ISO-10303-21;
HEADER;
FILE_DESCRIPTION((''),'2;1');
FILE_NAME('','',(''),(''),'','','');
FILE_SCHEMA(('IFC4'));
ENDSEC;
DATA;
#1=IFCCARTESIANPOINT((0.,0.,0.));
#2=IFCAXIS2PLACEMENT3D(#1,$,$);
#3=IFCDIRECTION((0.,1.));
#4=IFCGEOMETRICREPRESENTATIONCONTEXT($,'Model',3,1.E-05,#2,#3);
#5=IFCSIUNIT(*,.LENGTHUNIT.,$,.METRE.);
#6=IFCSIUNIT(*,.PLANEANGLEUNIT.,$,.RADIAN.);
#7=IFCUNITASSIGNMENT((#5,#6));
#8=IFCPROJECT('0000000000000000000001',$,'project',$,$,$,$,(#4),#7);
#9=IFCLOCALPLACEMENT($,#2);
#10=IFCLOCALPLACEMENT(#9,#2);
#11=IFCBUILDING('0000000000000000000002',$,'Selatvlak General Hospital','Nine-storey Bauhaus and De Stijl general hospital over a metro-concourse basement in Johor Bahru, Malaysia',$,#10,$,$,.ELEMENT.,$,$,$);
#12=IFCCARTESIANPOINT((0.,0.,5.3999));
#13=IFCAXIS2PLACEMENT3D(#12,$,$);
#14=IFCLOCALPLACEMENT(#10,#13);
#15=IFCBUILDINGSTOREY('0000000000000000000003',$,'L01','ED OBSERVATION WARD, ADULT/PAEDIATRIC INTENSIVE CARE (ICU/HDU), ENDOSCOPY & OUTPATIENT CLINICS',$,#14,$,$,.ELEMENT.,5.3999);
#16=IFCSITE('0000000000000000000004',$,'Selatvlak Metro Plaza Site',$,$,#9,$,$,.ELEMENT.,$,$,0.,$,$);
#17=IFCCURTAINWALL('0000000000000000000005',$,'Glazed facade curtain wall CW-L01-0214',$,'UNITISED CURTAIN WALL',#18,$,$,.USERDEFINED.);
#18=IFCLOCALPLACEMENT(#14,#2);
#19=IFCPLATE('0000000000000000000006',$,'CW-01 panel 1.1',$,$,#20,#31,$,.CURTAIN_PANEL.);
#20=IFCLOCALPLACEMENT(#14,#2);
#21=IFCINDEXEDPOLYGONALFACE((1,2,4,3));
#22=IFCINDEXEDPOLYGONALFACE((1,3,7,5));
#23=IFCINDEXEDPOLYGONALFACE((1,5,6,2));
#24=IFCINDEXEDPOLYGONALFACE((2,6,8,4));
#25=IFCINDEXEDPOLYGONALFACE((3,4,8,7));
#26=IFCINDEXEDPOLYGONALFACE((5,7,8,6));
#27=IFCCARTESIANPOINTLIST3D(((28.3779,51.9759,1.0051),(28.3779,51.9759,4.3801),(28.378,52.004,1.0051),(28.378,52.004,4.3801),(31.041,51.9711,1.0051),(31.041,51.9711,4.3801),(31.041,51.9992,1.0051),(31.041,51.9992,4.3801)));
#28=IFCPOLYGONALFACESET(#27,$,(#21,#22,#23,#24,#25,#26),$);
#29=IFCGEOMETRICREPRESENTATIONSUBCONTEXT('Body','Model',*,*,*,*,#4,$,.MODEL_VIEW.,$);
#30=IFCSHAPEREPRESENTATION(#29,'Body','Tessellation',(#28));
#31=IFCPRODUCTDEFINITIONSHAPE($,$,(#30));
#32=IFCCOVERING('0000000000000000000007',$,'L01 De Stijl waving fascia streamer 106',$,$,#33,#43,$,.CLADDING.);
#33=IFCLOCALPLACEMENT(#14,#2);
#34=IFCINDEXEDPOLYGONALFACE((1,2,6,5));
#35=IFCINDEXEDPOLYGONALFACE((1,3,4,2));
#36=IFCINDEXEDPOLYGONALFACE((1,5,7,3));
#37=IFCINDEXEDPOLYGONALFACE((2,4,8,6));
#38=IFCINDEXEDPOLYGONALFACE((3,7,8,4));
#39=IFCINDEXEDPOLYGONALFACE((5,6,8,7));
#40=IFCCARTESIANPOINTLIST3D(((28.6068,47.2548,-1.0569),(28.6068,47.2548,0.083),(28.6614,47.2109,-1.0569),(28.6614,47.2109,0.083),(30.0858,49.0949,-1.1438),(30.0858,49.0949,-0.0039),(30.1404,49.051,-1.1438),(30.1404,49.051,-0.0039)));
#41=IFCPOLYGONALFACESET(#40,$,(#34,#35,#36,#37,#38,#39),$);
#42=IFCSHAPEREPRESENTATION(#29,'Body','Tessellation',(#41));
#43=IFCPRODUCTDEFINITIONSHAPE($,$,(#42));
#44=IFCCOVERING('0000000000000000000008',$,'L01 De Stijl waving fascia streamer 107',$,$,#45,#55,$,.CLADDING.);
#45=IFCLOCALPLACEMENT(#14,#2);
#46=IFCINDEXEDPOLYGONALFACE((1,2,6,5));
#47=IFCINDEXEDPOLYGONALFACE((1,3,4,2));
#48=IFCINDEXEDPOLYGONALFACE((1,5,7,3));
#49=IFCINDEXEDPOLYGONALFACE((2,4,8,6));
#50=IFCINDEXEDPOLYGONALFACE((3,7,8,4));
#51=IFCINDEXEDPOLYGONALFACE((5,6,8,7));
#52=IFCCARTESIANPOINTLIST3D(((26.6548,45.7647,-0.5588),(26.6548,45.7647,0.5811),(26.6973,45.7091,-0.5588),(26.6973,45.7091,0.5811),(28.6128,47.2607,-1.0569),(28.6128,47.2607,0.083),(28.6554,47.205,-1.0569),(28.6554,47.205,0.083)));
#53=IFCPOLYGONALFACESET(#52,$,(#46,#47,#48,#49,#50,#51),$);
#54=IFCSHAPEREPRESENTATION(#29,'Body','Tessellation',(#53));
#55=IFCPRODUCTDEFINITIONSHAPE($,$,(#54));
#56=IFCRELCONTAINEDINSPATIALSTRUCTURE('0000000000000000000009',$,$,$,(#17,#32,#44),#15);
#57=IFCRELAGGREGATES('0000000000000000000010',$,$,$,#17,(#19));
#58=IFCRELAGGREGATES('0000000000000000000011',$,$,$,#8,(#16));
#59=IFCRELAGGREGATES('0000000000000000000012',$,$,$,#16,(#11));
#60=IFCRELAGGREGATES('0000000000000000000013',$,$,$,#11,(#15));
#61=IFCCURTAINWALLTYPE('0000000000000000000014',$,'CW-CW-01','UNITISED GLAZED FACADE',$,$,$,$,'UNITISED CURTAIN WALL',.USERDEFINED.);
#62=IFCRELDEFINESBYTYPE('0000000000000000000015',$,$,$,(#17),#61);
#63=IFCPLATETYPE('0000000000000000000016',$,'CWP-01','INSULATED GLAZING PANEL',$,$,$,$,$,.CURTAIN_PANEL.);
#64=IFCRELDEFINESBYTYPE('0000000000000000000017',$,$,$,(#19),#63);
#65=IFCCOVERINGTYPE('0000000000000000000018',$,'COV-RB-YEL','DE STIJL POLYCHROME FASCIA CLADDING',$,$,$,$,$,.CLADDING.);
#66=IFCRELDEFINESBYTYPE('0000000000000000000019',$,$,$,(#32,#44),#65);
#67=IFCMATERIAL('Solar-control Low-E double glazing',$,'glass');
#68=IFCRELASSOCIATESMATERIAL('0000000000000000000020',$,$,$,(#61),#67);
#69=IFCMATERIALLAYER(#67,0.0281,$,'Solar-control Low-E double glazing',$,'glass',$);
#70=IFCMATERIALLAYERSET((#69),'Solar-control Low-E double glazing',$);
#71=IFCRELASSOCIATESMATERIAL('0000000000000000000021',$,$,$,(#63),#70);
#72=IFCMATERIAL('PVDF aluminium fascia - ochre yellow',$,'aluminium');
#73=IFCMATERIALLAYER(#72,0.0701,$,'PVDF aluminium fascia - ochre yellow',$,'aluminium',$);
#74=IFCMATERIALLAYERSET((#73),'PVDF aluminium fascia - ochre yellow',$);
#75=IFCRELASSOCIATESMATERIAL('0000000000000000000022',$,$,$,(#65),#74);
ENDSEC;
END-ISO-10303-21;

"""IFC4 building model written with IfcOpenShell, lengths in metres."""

from ifc_helpers import new_model, si_unit, direction, frame, origin, origin_2d, place, context, subcontext, project, spatial, polyline, rectangle, outline, extrude, material, layer, layer_set, type_object, element, aggregate, save


model = new_model("IFC4")

# Units and contexts
model_context = context("Model", 3, precision=1e-05, world=origin(), true_north=direction((0.0, 1.0)))
body_context = subcontext(model_context, "Body", "Model", "MODEL_VIEW")
ifc_project = project(units=[si_unit("LENGTHUNIT", "METRE"), si_unit("PLANEANGLEUNIT", "RADIAN")], contexts=[model_context])

# Site, building, storey
site_placement = place(None, origin())
site = spatial("IfcSite", under=ifc_project, at=site_placement, Name="Selatvlak Metro Plaza Site", CompositionType="ELEMENT", RefElevation=0.0)
building_placement = place(site_placement, origin())
building = spatial("IfcBuilding", under=site, at=building_placement, Name="Selatvlak General Hospital", Description="Nine-storey Bauhaus and De Stijl general hospital over a metro-concourse basement in Johor Bahru, Malaysia", CompositionType="ELEMENT")
storey_placement = place(building_placement, frame((0.0, 0.0, 5.3999)))
storey = spatial("IfcBuildingStorey", under=building, at=storey_placement, Name="L01", Description="ED OBSERVATION WARD, ADULT/PAEDIATRIC INTENSIVE CARE (ICU/HDU), ENDOSCOPY & OUTPATIENT CLINICS", CompositionType="ELEMENT", Elevation=5.3999)

# Shared definitions
ifc_material_1 = material(Name="Solar-control Low-E double glazing", Category="glass")
curtain_wall_type = type_object("IfcCurtainWallType", Name="CW-CW-01", Description="UNITISED GLAZED FACADE", ElementType="UNITISED CURTAIN WALL", PredefinedType="USERDEFINED", material=ifc_material_1)

# Curtain wall
curtain_wall_1_placement = place(storey_placement, origin())
curtain_wall_1 = element("IfcCurtainWall", 1, at=curtain_wall_1_placement, inside=storey, type_object=curtain_wall_type, Name="Glazed facade curtain wall CW-L01-0214", ObjectType="UNITISED CURTAIN WALL", PredefinedType="USERDEFINED")

# Plate
ifc_layer_1 = layer(ifc_material_1, 0.0281, Name="Solar-control Low-E double glazing", Category="glass")
ifc_layer_set_1 = layer_set([ifc_layer_1], Name="Solar-control Low-E double glazing")
plate_type = type_object("IfcPlateType", Name="CWP-01", Description="INSULATED GLAZING PANEL", PredefinedType="CURTAIN_PANEL", material=ifc_layer_set_1)
plate_1_placement = place(storey_placement, frame((29.7095, 51.9875, 1.0051), z_axis=(0.0, 0.0, 1.0), x_axis=(-0.999998, 0.001811, 0.0)))
plate_1 = element("IfcPlate", 2, at=plate_1_placement, type_object=plate_type, Name="CW-01 panel 1.1", PredefinedType="CURTAIN_PANEL", context=body_context, shape_type="SweptSolid", body=[
    extrude(rectangle(XDim=2.6631, YDim=0.0281, at=origin_2d()), origin(), (0.0, 0.0, 1.0), 3.375),
])
aggregate(curtain_wall_1, [plate_1])

# Coverings
ifc_material_2 = material(Name="PVDF aluminium fascia - ochre yellow", Category="aluminium")
ifc_layer_2 = layer(ifc_material_2, 0.0701, Name="PVDF aluminium fascia - ochre yellow", Category="aluminium")
ifc_layer_set_2 = layer_set([ifc_layer_2], Name="PVDF aluminium fascia - ochre yellow")
covering_type = type_object("IfcCoveringType", Name="COV-RB-YEL", Description="DE STIJL POLYCHROME FASCIA CLADDING", PredefinedType="CLADDING", material=ifc_layer_set_2)
covering_1_placement = place(storey_placement, frame((30.113, 49.073, -1.1438), z_axis=(0.0, 0.0, 1.0), x_axis=(-0.626484, -0.779434, 0.0)))
element("IfcCovering", 3, at=covering_1_placement, inside=storey, type_object=covering_type, Name="L01 De Stijl waving fascia streamer 106", PredefinedType="CLADDING", context=body_context, shape_type="SweptSolid", body=[
    extrude(outline(polyline([(0.0, 0.0), (2.3608, 0.0869), (2.3608, 1.2268), (0.0, 1.1399), (0.0, 0.0)])), frame((0.0, 0.0352, 0.0), z_axis=(0.0, -1.0, 0.0), x_axis=(1.0, 0.0, 0.0)), (0.0, 0.0, 1.0), 0.0701),
])
covering_2_placement = place(storey_placement, frame((28.634, 47.2329, -1.0569), z_axis=(0.0, 0.0, 1.0), x_axis=(-0.794642, -0.607079, 0.0)))
element("IfcCovering", 4, at=covering_2_placement, inside=storey, type_object=covering_type, Name="L01 De Stijl waving fascia streamer 107", PredefinedType="CLADDING", context=body_context, shape_type="SweptSolid", body=[
    extrude(outline(polyline([(0.0, 0.0), (2.4641, 0.498), (2.4641, 1.6379), (0.0, 1.1399), (0.0, 0.0)])), frame((0.0, 0.0352, 0.0), z_axis=(0.0, -1.0, 0.0), x_axis=(1.0, 0.0, 0.0)), (0.0, 0.0, 1.0), 0.0701),
])

save(model, "model.ifc")
